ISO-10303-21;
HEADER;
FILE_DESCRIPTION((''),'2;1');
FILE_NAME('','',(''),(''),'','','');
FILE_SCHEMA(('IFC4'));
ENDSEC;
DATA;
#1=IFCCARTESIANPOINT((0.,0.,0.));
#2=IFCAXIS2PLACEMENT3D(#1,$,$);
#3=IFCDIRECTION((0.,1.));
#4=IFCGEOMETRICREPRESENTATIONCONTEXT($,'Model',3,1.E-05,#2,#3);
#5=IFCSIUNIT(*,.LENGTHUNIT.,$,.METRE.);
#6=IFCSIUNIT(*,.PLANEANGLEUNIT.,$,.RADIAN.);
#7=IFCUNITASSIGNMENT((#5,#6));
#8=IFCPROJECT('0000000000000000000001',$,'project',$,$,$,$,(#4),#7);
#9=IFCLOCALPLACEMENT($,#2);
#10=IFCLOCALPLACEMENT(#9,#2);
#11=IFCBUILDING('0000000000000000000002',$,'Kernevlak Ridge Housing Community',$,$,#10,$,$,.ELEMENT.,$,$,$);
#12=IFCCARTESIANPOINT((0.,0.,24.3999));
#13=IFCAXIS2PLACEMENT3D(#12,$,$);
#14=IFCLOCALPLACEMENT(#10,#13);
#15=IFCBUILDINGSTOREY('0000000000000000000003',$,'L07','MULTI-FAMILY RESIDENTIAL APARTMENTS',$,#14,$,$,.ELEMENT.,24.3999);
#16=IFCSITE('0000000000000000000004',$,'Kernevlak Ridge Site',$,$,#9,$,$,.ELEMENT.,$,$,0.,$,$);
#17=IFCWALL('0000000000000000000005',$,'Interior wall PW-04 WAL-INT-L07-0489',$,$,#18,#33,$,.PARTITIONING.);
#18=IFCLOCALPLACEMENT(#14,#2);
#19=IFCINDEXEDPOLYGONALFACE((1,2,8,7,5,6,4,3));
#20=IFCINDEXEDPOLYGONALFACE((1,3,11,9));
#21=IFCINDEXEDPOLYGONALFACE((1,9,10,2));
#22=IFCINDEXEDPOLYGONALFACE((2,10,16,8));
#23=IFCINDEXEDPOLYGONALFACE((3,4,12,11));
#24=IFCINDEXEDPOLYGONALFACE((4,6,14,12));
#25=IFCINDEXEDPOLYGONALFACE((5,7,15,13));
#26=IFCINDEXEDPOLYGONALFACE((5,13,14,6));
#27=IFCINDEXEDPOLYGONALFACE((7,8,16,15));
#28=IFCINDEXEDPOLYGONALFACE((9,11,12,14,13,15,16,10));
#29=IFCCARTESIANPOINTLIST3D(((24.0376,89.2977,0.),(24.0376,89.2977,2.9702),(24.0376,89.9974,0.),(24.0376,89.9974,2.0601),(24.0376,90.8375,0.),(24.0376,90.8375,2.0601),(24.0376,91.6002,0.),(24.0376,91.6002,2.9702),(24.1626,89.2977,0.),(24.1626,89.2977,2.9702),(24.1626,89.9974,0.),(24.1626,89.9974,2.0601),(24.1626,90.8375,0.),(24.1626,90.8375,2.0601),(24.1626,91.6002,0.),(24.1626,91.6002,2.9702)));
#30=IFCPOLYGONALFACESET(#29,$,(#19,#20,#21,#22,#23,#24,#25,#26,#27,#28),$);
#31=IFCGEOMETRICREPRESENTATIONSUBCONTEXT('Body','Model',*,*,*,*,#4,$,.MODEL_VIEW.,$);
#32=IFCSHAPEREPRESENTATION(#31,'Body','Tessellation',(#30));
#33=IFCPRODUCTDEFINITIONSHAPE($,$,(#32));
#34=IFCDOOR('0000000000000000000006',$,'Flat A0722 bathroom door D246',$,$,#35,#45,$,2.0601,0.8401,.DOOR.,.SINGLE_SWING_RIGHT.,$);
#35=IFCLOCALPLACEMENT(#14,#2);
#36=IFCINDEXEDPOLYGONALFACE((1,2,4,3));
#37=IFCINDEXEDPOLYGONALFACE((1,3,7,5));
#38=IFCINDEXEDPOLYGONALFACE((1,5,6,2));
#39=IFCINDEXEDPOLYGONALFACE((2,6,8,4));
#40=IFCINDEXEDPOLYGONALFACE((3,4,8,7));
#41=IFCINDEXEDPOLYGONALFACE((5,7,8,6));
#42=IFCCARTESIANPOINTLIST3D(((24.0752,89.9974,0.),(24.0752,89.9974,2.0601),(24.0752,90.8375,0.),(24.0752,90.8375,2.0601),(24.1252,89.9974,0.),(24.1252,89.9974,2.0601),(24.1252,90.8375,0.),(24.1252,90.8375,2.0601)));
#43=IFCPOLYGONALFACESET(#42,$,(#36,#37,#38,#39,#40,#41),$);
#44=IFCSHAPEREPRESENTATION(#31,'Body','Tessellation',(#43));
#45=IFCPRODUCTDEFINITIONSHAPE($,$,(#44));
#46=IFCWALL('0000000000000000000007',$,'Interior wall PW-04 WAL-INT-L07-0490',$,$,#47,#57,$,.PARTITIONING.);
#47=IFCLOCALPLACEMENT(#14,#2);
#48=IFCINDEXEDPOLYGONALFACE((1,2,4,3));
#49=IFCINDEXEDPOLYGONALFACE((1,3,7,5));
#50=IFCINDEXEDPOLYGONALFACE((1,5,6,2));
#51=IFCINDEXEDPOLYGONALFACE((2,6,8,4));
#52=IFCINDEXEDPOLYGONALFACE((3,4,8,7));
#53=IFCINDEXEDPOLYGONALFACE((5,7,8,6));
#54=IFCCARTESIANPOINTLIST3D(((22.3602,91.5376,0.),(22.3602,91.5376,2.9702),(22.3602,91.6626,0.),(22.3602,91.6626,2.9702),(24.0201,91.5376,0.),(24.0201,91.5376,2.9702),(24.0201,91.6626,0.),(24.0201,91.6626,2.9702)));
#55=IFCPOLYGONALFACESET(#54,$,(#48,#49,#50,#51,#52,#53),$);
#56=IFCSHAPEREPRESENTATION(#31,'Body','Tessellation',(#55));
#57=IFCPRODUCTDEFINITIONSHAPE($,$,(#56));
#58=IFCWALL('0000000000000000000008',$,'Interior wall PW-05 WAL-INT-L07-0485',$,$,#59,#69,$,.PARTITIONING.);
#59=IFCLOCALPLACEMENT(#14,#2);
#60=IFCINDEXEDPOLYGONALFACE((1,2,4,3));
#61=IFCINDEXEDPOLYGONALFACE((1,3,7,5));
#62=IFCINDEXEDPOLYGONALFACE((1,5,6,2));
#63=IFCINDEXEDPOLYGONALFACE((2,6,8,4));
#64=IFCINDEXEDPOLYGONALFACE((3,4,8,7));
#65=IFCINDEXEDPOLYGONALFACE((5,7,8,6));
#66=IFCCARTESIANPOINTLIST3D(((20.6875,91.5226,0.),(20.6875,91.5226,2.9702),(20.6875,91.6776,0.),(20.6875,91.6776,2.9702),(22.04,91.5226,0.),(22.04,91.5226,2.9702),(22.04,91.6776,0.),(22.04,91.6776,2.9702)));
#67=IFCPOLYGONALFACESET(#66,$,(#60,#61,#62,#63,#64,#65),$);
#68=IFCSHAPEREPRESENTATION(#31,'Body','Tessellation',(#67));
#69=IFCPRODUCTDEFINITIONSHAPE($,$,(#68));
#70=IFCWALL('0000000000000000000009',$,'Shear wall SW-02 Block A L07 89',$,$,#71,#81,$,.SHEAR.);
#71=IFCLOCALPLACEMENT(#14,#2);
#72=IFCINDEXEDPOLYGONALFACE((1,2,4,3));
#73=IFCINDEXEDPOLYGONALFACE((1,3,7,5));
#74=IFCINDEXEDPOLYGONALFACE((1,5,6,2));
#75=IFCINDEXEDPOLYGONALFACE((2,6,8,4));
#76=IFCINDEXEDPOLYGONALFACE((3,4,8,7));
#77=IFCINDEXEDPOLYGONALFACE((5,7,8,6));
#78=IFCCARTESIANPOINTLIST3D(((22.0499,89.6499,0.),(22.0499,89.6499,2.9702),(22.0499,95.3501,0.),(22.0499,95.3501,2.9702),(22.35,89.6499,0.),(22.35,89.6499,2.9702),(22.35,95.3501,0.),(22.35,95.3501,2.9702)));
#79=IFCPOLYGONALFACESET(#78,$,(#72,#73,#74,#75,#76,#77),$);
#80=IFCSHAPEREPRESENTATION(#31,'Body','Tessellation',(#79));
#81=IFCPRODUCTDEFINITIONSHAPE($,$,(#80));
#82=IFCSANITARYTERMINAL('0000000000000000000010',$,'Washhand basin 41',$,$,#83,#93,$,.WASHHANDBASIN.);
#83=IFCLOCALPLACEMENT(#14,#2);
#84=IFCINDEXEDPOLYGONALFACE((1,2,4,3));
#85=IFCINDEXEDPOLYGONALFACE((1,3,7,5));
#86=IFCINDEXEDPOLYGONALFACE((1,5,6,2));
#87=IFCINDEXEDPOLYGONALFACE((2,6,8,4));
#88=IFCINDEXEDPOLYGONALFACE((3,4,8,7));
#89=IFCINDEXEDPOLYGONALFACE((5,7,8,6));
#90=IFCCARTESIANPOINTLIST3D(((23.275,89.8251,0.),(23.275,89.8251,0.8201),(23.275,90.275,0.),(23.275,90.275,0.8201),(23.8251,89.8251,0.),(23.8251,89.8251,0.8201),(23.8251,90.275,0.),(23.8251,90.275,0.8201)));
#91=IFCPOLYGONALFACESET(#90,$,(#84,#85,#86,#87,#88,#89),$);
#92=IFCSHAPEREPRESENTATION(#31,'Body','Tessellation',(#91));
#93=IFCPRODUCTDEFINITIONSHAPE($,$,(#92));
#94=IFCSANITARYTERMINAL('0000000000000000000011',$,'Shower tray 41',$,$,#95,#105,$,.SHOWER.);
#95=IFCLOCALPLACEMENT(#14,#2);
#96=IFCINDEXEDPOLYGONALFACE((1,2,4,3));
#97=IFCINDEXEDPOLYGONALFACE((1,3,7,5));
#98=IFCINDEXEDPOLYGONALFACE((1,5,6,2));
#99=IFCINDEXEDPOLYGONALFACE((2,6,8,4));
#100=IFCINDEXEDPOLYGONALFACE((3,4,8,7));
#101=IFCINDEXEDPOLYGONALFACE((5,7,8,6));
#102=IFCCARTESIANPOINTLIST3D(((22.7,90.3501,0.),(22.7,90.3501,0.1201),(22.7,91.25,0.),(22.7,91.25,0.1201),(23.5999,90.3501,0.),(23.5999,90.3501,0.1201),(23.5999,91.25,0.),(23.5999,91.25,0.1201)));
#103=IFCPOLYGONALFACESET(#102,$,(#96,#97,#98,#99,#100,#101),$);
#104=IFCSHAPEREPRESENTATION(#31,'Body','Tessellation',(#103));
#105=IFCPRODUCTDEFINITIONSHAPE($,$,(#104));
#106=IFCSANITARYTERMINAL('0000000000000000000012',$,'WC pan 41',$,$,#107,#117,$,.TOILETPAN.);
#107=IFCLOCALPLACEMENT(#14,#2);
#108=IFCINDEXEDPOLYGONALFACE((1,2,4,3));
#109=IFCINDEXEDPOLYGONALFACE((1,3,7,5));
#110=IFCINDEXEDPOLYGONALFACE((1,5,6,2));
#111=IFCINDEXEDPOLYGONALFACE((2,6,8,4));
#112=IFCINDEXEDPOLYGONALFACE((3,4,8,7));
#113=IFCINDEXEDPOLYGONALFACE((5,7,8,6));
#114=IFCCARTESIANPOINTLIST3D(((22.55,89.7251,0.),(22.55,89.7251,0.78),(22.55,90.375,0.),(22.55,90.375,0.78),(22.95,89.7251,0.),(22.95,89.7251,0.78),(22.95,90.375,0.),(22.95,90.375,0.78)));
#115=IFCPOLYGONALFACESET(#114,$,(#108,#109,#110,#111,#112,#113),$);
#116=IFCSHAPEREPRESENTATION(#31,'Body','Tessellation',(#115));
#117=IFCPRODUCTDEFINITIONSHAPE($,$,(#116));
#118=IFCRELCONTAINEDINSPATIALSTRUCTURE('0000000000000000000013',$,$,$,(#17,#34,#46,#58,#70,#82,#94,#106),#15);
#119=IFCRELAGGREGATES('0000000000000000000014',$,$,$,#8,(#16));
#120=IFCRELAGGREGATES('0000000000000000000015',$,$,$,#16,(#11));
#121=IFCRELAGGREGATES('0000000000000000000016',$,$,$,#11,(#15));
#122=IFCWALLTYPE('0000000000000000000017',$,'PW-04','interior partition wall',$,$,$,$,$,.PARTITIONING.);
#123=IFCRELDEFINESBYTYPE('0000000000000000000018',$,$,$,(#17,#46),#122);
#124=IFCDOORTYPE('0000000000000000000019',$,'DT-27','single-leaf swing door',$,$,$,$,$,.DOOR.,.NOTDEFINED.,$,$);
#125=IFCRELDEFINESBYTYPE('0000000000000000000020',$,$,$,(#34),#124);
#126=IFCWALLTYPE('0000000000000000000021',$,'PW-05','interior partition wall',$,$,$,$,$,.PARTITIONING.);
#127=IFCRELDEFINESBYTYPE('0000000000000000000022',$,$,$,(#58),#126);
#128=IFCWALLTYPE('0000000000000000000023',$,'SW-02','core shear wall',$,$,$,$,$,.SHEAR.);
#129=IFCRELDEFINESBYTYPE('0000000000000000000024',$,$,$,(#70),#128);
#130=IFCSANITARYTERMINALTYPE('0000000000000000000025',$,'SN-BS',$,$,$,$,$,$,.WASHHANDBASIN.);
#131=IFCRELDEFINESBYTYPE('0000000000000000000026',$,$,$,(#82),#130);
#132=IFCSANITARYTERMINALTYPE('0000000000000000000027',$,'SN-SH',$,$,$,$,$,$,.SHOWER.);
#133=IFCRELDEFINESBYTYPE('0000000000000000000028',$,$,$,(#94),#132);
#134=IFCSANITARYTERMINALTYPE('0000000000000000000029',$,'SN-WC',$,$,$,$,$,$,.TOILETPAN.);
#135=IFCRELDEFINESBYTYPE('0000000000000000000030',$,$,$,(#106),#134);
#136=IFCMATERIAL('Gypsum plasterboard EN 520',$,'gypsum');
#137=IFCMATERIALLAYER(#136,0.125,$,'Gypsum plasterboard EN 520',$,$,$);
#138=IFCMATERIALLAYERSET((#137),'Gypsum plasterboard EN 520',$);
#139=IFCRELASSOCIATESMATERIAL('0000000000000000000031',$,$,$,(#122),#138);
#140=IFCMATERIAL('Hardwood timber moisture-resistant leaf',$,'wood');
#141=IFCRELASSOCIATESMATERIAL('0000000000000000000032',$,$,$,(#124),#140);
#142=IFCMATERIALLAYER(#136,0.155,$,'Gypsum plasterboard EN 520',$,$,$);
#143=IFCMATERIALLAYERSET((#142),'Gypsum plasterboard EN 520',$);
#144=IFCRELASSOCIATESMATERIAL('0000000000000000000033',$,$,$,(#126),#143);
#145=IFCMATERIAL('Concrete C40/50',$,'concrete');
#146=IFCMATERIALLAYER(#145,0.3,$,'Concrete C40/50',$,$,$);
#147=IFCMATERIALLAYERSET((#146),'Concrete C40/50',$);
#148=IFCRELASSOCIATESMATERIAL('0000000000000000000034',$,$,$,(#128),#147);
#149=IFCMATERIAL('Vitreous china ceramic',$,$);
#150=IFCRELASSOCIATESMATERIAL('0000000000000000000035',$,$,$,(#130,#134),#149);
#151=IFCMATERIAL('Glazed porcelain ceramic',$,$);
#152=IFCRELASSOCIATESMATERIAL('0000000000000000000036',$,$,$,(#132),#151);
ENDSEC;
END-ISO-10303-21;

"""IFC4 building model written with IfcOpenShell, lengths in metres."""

from ifc_helpers import new_model, si_unit, direction, frame, frame_2d, origin, origin_2d, place, context, subcontext, project, spatial, rectangle, extrude, material, layer, layer_set, type_object, element, fill, save


model = new_model("IFC4")

# Units and contexts
model_context = context("Model", 3, precision=1e-05, world=origin(), true_north=direction((0.0, 1.0)))
body_context = subcontext(model_context, "Body", "Model", "MODEL_VIEW")
ifc_project = project(units=[si_unit("LENGTHUNIT", "METRE"), si_unit("PLANEANGLEUNIT", "RADIAN")], contexts=[model_context])

# Site, building, storey
site_placement = place(None, origin())
site = spatial("IfcSite", under=ifc_project, at=site_placement, Name="Kernevlak Ridge Site", CompositionType="ELEMENT", RefElevation=0.0)
building_placement = place(site_placement, origin())
building = spatial("IfcBuilding", under=site, at=building_placement, Name="Kernevlak Ridge Housing Community", CompositionType="ELEMENT")
storey_placement = place(building_placement, frame((0.0, 0.0, 24.3999)))
storey = spatial("IfcBuildingStorey", under=building, at=storey_placement, Name="L07", Description="MULTI-FAMILY RESIDENTIAL APARTMENTS", CompositionType="ELEMENT", Elevation=24.3999)

# Shared definitions
ifc_material_1 = material(Name="Concrete C40/50", Category="concrete")

# Wall, opening, door
ifc_material_2 = material(Name="Gypsum plasterboard EN 520", Category="gypsum")
ifc_layer_1 = layer(ifc_material_2, 0.125, Name="Gypsum plasterboard EN 520")
ifc_layer_set_1 = layer_set([ifc_layer_1], Name="Gypsum plasterboard EN 520")
wall_type_1 = type_object("IfcWallType", Name="PW-04", Description="interior partition wall", PredefinedType="PARTITIONING", material=ifc_layer_set_1)
wall_1_placement = place(storey_placement, frame((24.1001, 89.2976, 0.0), z_axis=(0.0, 0.0, 1.0), x_axis=(0.0, 1.0, 0.0)))
wall_1 = element("IfcWall", 1, at=wall_1_placement, inside=storey, type_object=wall_type_1, Name="Interior wall PW-04 WAL-INT-L07-0489", PredefinedType="PARTITIONING", context=body_context, shape_type="SweptSolid", body=[
    extrude(rectangle(XDim=2.3025, YDim=0.125, at=frame_2d((1.1514, 0.0))), origin(), (0.0, 0.0, 1.0), 2.9702),
])
opening_1_placement = place(wall_1_placement, frame((0.7, 0.0, 0.0)))
opening_1 = element("IfcOpeningElement", 2, at=opening_1_placement, cuts=wall_1, PredefinedType="OPENING", context=body_context, shape_type="SweptSolid", body=[
    extrude(rectangle(XDim=0.8401, YDim=2.0601, at=frame_2d((0.4199, 1.03))), frame((0.0, 0.0725, 0.0), z_axis=(0.0, -1.0, 0.0), x_axis=(1.0, 0.0, 0.0)), (0.0, 0.0, 1.0), 0.145),
])
ifc_material_3 = material(Name="Hardwood timber moisture-resistant leaf", Category="wood")
door_type_1 = type_object("IfcDoorType", Name="DT-27", Description="single-leaf swing door", OperationType="NOTDEFINED", PredefinedType="DOOR", material=ifc_material_3)
door_1_placement = place(opening_1_placement, origin())
door_1 = element("IfcDoor", 3, at=door_1_placement, inside=storey, type_object=door_type_1, Name="Flat A0722 bathroom door D246", OperationType="SINGLE_SWING_RIGHT", OverallHeight=2.0601, OverallWidth=0.8401, PredefinedType="DOOR", context=body_context, shape_type="SweptSolid", body=[
    extrude(rectangle(XDim=0.8401, YDim=2.0601, at=frame_2d((0.4199, 1.03))), frame((0.0, 0.0249, 0.0), z_axis=(0.0, -1.0, 0.0), x_axis=(1.0, 0.0, 0.0)), (0.0, 0.0, 1.0), 0.05),
])
fill(opening_1, door_1)

# Walls
wall_2_placement = place(storey_placement, frame((22.3601, 91.6001, 0.0), z_axis=(0.0, 0.0, 1.0), x_axis=(1.0, 0.0, 0.0)))
element("IfcWall", 4, at=wall_2_placement, inside=storey, type_object=wall_type_1, Name="Interior wall PW-04 WAL-INT-L07-0490", PredefinedType="PARTITIONING", context=body_context, shape_type="SweptSolid", body=[
    extrude(rectangle(XDim=1.6599, YDim=0.125, at=frame_2d((0.8301, 0.0))), origin(), (0.0, 0.0, 1.0), 2.9702),
])
ifc_layer_2 = layer(ifc_material_2, 0.155, Name="Gypsum plasterboard EN 520")
ifc_layer_set_2 = layer_set([ifc_layer_2], Name="Gypsum plasterboard EN 520")
wall_type_2 = type_object("IfcWallType", Name="PW-05", Description="interior partition wall", PredefinedType="PARTITIONING", material=ifc_layer_set_2)
wall_3_placement = place(storey_placement, frame((20.6875, 91.6001, 0.0), z_axis=(0.0, 0.0, 1.0), x_axis=(1.0, 0.0, 0.0)))
element("IfcWall", 5, at=wall_3_placement, inside=storey, type_object=wall_type_2, Name="Interior wall PW-05 WAL-INT-L07-0485", PredefinedType="PARTITIONING", context=body_context, shape_type="SweptSolid", body=[
    extrude(rectangle(XDim=1.3525, YDim=0.155, at=frame_2d((0.6763, 0.0))), origin(), (0.0, 0.0, 1.0), 2.9702),
])
ifc_layer_3 = layer(ifc_material_1, 0.3, Name="Concrete C40/50")
ifc_layer_set_3 = layer_set([ifc_layer_3], Name="Concrete C40/50")
wall_type_3 = type_object("IfcWallType", Name="SW-02", Description="core shear wall", PredefinedType="SHEAR", material=ifc_layer_set_3)
wall_4_placement = place(storey_placement, frame((22.2, 89.6499, 0.0), z_axis=(0.0, 0.0, 1.0), x_axis=(0.0, 1.0, 0.0)))
element("IfcWall", 6, at=wall_4_placement, inside=storey, type_object=wall_type_3, Name="Shear wall SW-02 Block A L07 89", PredefinedType="SHEAR", context=body_context, shape_type="SweptSolid", body=[
    extrude(rectangle(XDim=5.7002, YDim=0.3, at=frame_2d((2.8501, 0.0))), origin(), (0.0, 0.0, 1.0), 2.9702),
])

# Sanitary terminals
ifc_material_4 = material(Name="Vitreous china ceramic")
sanitary_terminal_type_1 = type_object("IfcSanitaryTerminalType", Name="SN-BS", PredefinedType="WASHHANDBASIN", material=ifc_material_4)
sanitary_terminal_1_placement = place(storey_placement, frame((23.55, 90.05, 0.0), z_axis=(0.0, 0.0, 1.0), x_axis=(1.0, 0.0, 0.0)))
element("IfcSanitaryTerminal", 7, at=sanitary_terminal_1_placement, inside=storey, type_object=sanitary_terminal_type_1, Name="Washhand basin 41", PredefinedType="WASHHANDBASIN", context=body_context, shape_type="SweptSolid", body=[
    extrude(rectangle(XDim=0.55, YDim=0.45, at=origin_2d()), origin(), (0.0, 0.0, 1.0), 0.8201),
])
ifc_material_5 = material(Name="Glazed porcelain ceramic")
sanitary_terminal_type_2 = type_object("IfcSanitaryTerminalType", Name="SN-SH", PredefinedType="SHOWER", material=ifc_material_5)
sanitary_terminal_2_placement = place(storey_placement, frame((23.1499, 90.8, 0.0), z_axis=(0.0, 0.0, 1.0), x_axis=(1.0, 0.0, 0.0)))
element("IfcSanitaryTerminal", 8, at=sanitary_terminal_2_placement, inside=storey, type_object=sanitary_terminal_type_2, Name="Shower tray 41", PredefinedType="SHOWER", context=body_context, shape_type="SweptSolid", body=[
    extrude(rectangle(XDim=0.8999, YDim=0.8999, at=origin_2d()), origin(), (0.0, 0.0, 1.0), 0.1201),
])
sanitary_terminal_type_3 = type_object("IfcSanitaryTerminalType", Name="SN-WC", PredefinedType="TOILETPAN", material=ifc_material_4)
sanitary_terminal_3_placement = place(storey_placement, frame((22.75, 90.05, 0.0), z_axis=(0.0, 0.0, 1.0), x_axis=(1.0, 0.0, 0.0)))
element("IfcSanitaryTerminal", 9, at=sanitary_terminal_3_placement, inside=storey, type_object=sanitary_terminal_type_3, Name="WC pan 41", PredefinedType="TOILETPAN", context=body_context, shape_type="SweptSolid", body=[
    extrude(rectangle(XDim=0.3999, YDim=0.6499, at=origin_2d()), origin(), (0.0, 0.0, 1.0), 0.78),
])

save(model, "model.ifc")
